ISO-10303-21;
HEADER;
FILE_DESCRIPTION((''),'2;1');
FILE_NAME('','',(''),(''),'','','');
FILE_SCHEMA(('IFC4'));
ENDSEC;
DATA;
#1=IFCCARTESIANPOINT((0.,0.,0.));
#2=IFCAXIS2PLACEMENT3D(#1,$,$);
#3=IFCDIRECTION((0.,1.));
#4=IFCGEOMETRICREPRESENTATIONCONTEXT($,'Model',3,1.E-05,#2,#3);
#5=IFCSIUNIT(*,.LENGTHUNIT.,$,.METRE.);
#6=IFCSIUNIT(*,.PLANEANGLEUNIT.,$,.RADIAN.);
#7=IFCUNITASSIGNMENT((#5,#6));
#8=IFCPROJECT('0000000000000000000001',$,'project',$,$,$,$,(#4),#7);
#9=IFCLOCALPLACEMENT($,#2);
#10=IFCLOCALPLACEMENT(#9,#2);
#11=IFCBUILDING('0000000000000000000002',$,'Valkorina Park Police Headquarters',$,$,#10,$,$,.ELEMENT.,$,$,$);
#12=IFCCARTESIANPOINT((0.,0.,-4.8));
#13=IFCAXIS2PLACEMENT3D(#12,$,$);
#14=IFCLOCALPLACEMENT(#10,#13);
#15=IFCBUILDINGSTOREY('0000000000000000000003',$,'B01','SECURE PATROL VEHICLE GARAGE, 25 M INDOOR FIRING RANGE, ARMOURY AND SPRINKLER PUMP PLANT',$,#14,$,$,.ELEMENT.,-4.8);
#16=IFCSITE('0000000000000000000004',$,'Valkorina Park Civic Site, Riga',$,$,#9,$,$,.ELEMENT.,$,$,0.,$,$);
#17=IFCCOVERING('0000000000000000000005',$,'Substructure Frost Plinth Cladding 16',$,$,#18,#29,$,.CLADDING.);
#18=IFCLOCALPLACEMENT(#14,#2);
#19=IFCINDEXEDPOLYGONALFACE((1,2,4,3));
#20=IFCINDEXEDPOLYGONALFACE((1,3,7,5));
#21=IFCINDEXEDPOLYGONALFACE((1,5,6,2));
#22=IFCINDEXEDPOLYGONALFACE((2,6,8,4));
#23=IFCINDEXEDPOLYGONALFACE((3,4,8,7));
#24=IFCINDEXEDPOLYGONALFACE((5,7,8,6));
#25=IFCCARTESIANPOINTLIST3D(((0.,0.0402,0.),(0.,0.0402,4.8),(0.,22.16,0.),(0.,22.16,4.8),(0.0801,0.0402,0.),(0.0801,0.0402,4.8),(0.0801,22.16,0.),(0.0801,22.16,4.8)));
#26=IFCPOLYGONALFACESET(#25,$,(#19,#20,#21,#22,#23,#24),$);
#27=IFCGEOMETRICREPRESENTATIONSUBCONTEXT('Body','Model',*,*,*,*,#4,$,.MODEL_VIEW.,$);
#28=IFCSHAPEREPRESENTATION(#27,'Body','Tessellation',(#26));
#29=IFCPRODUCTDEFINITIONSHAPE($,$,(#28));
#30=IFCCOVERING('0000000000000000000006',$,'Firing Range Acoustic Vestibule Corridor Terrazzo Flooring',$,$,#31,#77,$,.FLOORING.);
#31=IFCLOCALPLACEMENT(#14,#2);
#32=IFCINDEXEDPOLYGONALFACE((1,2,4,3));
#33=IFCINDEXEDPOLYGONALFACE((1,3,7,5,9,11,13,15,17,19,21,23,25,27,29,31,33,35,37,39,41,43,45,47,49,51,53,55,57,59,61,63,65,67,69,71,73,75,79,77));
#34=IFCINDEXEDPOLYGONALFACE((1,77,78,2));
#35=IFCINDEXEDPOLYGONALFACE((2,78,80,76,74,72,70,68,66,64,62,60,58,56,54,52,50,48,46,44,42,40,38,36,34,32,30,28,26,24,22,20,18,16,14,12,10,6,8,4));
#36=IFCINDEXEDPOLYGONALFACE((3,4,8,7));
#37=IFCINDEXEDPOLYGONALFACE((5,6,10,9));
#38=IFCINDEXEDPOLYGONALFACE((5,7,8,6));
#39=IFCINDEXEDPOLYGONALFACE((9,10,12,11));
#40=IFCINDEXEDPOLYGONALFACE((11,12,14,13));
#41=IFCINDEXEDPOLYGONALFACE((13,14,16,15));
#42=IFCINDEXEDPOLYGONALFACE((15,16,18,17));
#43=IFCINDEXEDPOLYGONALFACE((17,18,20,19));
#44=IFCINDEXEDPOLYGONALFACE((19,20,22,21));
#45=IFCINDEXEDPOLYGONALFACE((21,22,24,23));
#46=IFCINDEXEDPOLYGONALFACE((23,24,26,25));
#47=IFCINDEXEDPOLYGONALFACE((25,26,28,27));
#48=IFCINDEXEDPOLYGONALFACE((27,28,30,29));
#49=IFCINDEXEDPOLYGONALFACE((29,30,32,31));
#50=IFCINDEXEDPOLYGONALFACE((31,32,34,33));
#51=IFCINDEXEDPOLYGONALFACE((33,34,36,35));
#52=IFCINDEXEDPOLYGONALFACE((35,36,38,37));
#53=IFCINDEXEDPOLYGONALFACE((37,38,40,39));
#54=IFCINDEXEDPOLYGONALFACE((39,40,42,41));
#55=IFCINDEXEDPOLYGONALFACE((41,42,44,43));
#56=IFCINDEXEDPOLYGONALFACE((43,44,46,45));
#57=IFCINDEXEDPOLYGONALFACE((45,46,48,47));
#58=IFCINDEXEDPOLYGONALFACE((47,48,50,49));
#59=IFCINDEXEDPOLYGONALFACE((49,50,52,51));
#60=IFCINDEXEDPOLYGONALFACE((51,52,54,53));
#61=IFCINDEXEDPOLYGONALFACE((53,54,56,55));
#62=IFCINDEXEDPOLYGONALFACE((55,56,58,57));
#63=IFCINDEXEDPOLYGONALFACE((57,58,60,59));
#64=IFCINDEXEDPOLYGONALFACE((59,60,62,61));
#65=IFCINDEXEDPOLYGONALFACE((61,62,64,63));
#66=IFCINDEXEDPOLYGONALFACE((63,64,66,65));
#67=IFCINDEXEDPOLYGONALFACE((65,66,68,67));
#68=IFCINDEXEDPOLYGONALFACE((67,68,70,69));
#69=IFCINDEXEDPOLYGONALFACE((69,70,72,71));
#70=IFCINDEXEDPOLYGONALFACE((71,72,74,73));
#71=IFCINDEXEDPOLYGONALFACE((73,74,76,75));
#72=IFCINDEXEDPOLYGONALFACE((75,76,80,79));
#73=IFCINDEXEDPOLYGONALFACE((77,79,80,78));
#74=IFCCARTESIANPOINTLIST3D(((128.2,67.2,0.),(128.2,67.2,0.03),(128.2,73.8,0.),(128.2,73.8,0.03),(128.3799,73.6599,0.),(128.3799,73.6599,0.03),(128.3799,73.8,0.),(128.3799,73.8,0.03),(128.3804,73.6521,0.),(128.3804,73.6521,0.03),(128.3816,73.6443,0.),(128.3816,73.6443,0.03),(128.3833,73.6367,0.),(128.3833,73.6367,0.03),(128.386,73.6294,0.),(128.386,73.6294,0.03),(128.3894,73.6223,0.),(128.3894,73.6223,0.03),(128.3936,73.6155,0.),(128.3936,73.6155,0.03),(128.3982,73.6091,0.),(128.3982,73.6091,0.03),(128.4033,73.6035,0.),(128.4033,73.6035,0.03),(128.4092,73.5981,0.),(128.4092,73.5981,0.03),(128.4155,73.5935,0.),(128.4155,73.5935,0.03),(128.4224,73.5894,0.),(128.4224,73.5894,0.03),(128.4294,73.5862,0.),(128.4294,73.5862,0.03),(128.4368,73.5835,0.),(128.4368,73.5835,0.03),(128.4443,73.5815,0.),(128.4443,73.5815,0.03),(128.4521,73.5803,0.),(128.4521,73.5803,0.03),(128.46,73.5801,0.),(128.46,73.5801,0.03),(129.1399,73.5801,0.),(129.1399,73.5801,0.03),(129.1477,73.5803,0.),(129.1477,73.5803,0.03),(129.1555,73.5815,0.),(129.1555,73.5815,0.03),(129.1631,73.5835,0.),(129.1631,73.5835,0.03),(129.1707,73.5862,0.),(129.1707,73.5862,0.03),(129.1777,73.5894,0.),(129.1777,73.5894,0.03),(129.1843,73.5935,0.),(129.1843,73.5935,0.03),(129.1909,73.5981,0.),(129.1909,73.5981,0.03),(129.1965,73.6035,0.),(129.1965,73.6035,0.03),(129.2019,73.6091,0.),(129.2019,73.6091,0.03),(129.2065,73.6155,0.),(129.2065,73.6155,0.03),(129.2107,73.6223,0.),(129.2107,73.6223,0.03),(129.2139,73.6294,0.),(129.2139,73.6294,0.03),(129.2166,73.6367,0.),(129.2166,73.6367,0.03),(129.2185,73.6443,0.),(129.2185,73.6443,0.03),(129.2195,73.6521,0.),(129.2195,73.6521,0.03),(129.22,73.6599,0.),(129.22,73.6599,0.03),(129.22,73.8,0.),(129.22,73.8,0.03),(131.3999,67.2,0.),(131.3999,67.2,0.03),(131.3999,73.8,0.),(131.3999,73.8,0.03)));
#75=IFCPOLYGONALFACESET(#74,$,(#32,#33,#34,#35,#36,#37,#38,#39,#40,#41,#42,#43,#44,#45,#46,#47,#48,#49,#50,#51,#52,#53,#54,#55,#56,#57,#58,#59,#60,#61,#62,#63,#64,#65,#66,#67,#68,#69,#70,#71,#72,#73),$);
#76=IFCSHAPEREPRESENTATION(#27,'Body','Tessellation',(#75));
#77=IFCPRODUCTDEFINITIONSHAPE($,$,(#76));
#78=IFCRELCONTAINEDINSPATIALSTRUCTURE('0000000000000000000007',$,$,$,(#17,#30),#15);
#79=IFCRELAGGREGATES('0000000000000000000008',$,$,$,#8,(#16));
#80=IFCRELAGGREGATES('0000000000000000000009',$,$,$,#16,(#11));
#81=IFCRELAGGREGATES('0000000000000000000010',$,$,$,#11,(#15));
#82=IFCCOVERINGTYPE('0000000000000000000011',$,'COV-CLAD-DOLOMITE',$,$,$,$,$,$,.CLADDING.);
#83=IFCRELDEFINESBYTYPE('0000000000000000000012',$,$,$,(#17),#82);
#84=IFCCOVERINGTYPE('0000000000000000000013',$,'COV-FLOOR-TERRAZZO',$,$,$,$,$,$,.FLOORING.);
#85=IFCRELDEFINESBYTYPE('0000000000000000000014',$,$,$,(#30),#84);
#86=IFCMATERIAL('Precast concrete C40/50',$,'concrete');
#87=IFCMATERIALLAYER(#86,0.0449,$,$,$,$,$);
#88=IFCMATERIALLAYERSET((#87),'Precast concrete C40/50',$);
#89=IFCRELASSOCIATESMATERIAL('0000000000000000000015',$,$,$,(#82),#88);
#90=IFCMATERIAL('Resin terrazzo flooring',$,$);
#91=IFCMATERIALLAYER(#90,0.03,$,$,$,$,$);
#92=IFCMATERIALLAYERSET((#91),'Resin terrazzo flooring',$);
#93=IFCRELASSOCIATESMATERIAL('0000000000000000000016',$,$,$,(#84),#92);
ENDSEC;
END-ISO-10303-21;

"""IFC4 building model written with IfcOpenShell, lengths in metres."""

from ifc_helpers import new_model, si_unit, direction, frame, frame_2d, origin, place, context, subcontext, project, spatial, polyline, rectangle, outline, extrude, material, layer, layer_set, type_object, element, save


model = new_model("IFC4")

# Units and contexts
model_context = context("Model", 3, precision=1e-05, world=origin(), true_north=direction((0.0, 1.0)))
body_context = subcontext(model_context, "Body", "Model", "MODEL_VIEW")
ifc_project = project(units=[si_unit("LENGTHUNIT", "METRE"), si_unit("PLANEANGLEUNIT", "RADIAN")], contexts=[model_context])

# Site, building, storey
site_placement = place(None, origin())
site = spatial("IfcSite", under=ifc_project, at=site_placement, Name="Valkorina Park Civic Site, Riga", CompositionType="ELEMENT", RefElevation=0.0)
building_placement = place(site_placement, origin())
building = spatial("IfcBuilding", under=site, at=building_placement, Name="Valkorina Park Police Headquarters", CompositionType="ELEMENT")
storey_placement = place(building_placement, frame((0.0, 0.0, -4.8)))
storey = spatial("IfcBuildingStorey", under=building, at=storey_placement, Name="B01", Description="SECURE PATROL VEHICLE GARAGE, 25 M INDOOR FIRING RANGE, ARMOURY AND SPRINKLER PUMP PLANT", CompositionType="ELEMENT", Elevation=-4.8)

# Coverings
ifc_material_1 = material(Name="Precast concrete C40/50", Category="concrete")
ifc_layer_1 = layer(ifc_material_1, 0.0449)
ifc_layer_set_1 = layer_set([ifc_layer_1], Name="Precast concrete C40/50")
covering_type_1 = type_object("IfcCoveringType", Name="COV-CLAD-DOLOMITE", PredefinedType="CLADDING", material=ifc_layer_set_1)
covering_1_placement = place(storey_placement, frame((0.04, 0.04, 0.0), z_axis=(0.0, 0.0, 1.0), x_axis=(0.0, 1.0, 0.0)))
element("IfcCovering", 1, at=covering_1_placement, inside=storey, type_object=covering_type_1, Name="Substructure Frost Plinth Cladding 16", PredefinedType="CLADDING", context=body_context, shape_type="SweptSolid", body=[
    extrude(rectangle(XDim=22.1199, YDim=0.0801, at=frame_2d((11.0601, 0.0))), origin(), (0.0, 0.0, 1.0), 4.8),
])
ifc_material_2 = material(Name="Resin terrazzo flooring")
ifc_layer_2 = layer(ifc_material_2, 0.03)
ifc_layer_set_2 = layer_set([ifc_layer_2], Name="Resin terrazzo flooring")
covering_type_2 = type_object("IfcCoveringType", Name="COV-FLOOR-TERRAZZO", PredefinedType="FLOORING", material=ifc_layer_set_2)
covering_2_placement = place(storey_placement, origin())
element("IfcCovering", 2, at=covering_2_placement, inside=storey, type_object=covering_type_2, Name="Firing Range Acoustic Vestibule Corridor Terrazzo Flooring", PredefinedType="FLOORING", context=body_context, shape_type="SweptSolid", body=[
    extrude(outline(polyline([(131.3999, 73.8), (129.22, 73.8), (129.22, 73.6599), (129.2195, 73.6521), (129.2185, 73.6443), (129.2166, 73.6367), (129.2139, 73.6294), (129.2107, 73.6223), (129.2065, 73.6155), (129.2019, 73.6091), (129.1965, 73.6035), (129.1909, 73.5981), (129.1843, 73.5935), (129.1777, 73.5894), (129.1707, 73.5862), (129.1631, 73.5835), (129.1555, 73.5815), (129.1477, 73.5803), (129.1399, 73.5801), (128.46, 73.5801), (128.4521, 73.5803), (128.4443, 73.5815), (128.4368, 73.5835), (128.4294, 73.5862), (128.4224, 73.5894), (128.4155, 73.5935), (128.4092, 73.5981), (128.4033, 73.6035), (128.3982, 73.6091), (128.3936, 73.6155), (128.3894, 73.6223), (128.386, 73.6294), (128.3833, 73.6367), (128.3816, 73.6443), (128.3804, 73.6521), (128.3799, 73.6599), (128.3799, 73.8), (128.2, 73.8), (128.2, 67.2), (131.3999, 67.2), (131.3999, 73.8)])), origin(), (0.0, 0.0, 1.0), 0.03),
])

save(model, "model.ifc")
